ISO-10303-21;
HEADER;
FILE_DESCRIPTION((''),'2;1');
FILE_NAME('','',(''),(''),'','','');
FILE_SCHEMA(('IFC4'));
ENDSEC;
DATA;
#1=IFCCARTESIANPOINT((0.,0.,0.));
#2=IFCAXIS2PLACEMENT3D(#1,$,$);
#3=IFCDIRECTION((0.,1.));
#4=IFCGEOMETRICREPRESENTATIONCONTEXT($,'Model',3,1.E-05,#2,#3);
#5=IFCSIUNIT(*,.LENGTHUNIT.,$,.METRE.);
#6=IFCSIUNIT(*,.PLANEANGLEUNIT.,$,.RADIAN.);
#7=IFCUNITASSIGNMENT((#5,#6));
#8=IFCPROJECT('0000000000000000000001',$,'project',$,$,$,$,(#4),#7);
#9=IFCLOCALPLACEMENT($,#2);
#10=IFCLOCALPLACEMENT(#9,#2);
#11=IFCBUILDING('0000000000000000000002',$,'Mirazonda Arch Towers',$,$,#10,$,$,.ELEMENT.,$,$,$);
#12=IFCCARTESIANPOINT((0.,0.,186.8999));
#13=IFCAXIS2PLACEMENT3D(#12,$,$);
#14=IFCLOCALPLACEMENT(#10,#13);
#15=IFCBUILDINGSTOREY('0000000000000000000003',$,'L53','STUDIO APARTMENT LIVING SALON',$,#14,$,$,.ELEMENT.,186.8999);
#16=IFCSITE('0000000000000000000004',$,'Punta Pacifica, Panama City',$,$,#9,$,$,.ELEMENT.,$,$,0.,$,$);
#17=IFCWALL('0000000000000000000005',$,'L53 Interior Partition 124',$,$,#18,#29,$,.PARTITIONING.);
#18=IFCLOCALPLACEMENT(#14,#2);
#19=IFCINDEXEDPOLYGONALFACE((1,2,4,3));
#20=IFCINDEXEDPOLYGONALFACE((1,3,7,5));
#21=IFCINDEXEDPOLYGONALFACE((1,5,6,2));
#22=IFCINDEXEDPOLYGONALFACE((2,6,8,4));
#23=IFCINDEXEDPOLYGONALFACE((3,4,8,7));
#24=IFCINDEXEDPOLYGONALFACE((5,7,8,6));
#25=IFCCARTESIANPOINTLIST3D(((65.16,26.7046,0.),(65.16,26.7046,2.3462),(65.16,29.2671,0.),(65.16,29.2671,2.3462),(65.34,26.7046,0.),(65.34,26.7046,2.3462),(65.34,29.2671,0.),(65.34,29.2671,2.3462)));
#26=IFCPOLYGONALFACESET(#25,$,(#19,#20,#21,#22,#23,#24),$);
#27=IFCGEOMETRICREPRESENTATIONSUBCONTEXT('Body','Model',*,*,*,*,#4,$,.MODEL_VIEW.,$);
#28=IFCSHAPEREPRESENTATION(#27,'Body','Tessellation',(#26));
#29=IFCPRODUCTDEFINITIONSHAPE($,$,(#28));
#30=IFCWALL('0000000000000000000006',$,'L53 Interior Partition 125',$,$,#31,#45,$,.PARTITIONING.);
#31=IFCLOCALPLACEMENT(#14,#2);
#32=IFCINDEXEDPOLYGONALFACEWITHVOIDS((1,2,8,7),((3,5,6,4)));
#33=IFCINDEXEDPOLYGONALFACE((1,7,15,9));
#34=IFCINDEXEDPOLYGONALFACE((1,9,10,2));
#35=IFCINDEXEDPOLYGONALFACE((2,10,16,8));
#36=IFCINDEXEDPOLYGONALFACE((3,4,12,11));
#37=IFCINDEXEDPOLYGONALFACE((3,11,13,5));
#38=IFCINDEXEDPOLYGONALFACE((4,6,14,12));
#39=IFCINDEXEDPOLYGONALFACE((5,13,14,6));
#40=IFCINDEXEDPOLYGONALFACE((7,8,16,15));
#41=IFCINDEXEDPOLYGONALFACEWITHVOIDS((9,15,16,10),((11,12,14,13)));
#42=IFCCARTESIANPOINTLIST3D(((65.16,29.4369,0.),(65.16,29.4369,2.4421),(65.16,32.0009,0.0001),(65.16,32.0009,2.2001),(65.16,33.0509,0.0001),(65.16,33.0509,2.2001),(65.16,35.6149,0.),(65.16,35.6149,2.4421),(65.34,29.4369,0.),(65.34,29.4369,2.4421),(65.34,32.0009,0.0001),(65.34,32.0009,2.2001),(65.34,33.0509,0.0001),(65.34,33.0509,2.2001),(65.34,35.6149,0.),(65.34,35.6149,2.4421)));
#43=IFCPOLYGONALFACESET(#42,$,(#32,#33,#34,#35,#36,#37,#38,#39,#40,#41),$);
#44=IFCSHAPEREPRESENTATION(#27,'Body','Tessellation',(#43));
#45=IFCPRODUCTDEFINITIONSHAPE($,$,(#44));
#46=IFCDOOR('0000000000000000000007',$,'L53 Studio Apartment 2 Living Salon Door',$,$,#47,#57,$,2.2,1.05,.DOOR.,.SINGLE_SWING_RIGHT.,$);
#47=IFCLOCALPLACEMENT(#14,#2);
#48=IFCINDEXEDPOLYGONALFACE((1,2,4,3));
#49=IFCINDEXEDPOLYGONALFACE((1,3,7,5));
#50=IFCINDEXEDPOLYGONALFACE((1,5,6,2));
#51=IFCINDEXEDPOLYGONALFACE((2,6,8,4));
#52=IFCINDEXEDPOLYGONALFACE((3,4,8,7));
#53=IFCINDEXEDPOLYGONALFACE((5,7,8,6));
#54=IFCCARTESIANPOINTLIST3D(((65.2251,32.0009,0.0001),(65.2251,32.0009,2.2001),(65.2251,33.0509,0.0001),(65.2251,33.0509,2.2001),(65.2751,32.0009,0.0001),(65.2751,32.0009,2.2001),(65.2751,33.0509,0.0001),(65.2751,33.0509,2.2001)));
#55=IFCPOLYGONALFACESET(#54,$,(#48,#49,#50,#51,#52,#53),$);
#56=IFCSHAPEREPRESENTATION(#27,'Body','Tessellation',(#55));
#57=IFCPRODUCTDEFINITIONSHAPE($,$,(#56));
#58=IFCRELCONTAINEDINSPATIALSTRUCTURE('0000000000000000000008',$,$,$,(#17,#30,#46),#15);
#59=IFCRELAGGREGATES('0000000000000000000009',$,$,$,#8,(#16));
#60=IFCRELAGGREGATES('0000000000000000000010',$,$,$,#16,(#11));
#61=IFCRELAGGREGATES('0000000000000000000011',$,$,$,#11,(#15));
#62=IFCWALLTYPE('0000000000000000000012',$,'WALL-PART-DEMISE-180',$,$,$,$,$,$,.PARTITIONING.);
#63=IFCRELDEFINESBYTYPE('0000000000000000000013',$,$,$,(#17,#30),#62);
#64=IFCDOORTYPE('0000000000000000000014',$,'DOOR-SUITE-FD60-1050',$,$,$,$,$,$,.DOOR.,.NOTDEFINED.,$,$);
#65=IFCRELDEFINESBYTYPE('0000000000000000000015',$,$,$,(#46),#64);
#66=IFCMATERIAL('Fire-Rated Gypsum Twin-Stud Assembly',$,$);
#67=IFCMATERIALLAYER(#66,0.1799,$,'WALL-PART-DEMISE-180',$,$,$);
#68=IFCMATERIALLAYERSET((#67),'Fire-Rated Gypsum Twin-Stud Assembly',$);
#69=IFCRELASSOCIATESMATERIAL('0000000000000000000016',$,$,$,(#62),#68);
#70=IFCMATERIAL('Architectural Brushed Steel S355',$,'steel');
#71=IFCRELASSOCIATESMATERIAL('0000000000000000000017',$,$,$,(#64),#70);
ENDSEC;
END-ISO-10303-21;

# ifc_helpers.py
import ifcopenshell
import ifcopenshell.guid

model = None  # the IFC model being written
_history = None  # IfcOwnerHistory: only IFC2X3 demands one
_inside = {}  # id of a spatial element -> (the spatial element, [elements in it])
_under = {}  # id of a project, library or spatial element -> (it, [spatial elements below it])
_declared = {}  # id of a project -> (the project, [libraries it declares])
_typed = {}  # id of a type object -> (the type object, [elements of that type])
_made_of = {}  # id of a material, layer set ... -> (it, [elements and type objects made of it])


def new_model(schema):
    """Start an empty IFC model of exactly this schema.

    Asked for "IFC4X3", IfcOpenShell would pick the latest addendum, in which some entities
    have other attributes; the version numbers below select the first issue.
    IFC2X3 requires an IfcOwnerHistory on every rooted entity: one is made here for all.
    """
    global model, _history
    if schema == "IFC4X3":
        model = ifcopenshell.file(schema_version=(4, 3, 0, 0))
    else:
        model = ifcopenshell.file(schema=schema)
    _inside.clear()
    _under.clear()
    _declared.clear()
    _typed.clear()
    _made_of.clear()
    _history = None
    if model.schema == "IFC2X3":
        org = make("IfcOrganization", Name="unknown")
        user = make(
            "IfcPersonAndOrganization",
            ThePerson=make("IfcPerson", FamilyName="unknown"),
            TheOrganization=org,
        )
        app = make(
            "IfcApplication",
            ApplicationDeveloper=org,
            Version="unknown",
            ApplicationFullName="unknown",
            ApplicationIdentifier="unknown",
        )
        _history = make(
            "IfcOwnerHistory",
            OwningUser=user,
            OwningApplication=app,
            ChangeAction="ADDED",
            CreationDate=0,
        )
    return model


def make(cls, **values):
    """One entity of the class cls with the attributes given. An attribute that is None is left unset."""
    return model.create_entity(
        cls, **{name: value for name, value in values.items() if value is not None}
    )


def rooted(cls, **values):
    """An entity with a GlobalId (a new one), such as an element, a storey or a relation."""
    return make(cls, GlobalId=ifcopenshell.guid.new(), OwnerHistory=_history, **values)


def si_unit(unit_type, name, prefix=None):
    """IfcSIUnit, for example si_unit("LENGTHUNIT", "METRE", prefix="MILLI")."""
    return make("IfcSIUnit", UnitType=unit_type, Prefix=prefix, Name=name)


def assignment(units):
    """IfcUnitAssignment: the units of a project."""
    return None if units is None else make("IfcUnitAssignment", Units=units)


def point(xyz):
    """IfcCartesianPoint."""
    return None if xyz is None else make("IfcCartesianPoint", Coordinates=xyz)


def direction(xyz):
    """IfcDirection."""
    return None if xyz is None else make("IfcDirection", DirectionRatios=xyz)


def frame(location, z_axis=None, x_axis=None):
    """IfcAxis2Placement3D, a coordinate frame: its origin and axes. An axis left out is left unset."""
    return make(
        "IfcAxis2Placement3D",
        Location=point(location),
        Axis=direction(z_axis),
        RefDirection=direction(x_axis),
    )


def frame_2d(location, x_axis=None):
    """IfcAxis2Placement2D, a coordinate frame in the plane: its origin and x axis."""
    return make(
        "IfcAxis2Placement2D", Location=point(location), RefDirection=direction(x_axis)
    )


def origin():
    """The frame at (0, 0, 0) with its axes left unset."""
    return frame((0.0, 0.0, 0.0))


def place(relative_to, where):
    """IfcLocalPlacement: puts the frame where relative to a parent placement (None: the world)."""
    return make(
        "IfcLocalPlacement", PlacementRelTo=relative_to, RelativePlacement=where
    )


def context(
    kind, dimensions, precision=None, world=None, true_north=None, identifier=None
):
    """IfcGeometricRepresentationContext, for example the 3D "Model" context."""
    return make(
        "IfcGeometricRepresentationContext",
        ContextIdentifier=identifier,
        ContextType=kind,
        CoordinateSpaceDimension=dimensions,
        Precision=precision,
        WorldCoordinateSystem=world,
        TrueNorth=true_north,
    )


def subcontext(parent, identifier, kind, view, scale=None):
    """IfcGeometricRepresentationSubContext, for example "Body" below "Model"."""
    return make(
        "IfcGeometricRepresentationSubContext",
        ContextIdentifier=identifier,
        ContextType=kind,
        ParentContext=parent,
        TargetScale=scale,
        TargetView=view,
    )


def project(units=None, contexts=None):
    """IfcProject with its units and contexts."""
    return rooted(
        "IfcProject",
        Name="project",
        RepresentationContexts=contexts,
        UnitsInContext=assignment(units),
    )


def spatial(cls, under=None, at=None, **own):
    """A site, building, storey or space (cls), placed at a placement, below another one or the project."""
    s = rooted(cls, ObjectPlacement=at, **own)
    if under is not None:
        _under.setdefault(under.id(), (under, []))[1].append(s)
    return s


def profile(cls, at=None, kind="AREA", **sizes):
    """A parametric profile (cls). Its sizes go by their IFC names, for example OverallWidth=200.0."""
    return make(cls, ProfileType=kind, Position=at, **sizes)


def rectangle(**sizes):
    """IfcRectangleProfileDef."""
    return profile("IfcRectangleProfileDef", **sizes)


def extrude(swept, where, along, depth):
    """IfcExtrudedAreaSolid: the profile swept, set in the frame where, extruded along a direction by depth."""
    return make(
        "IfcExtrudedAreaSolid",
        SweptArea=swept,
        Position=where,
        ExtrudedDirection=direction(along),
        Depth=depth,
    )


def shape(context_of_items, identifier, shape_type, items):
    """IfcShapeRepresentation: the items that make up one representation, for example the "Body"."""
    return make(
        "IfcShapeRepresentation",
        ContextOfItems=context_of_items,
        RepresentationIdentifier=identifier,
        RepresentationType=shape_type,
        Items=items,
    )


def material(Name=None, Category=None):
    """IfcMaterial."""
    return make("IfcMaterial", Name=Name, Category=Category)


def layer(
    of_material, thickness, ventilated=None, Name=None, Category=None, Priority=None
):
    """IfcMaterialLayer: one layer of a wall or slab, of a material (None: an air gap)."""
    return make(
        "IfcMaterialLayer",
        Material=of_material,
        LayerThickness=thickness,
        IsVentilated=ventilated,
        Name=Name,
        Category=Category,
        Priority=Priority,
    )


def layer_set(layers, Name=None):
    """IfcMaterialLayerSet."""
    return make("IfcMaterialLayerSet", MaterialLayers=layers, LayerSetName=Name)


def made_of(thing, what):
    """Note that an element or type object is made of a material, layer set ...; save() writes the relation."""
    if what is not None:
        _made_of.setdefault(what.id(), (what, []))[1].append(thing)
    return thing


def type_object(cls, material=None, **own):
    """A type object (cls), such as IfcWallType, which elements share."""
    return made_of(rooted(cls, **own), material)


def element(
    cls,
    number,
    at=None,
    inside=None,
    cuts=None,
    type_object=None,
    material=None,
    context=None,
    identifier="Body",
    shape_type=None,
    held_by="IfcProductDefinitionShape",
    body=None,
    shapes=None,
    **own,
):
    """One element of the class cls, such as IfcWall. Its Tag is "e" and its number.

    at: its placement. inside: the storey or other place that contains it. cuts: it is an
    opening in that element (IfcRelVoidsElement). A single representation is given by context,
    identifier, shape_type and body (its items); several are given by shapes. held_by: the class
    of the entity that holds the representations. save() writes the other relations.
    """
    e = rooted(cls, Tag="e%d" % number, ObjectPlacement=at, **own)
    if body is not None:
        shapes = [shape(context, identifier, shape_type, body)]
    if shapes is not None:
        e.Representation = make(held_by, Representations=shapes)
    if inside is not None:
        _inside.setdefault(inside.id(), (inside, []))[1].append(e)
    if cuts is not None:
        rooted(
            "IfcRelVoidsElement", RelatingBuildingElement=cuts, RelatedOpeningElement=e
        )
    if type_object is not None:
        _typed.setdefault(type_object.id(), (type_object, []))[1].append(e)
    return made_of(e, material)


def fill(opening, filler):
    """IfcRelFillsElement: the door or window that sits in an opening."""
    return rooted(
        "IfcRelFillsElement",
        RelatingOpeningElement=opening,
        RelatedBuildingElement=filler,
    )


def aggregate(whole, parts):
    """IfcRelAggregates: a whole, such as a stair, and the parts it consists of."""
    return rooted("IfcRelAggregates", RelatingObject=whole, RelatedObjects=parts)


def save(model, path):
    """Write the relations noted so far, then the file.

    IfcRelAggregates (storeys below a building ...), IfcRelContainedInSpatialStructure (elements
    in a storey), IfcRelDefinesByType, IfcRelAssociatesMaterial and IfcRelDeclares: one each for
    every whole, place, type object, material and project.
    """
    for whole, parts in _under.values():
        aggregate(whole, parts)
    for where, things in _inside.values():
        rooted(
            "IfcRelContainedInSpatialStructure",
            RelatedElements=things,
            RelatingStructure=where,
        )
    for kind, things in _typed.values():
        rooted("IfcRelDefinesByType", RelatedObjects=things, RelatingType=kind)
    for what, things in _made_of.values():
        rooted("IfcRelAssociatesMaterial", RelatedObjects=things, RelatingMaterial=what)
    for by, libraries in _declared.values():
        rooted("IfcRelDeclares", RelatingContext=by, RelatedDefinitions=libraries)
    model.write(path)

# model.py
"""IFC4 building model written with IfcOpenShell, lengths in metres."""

from ifc_helpers import new_model, si_unit, direction, frame, frame_2d, origin, place, context, subcontext, project, spatial, rectangle, extrude, material, layer, layer_set, type_object, element, fill, save


model = new_model("IFC4")

# Units and contexts
model_context = context("Model", 3, precision=1e-05, world=origin(), true_north=direction((0.0, 1.0)))
body_context = subcontext(model_context, "Body", "Model", "MODEL_VIEW")
ifc_project = project(units=[si_unit("LENGTHUNIT", "METRE"), si_unit("PLANEANGLEUNIT", "RADIAN")], contexts=[model_context])

# Site, building, storey
site_placement = place(None, origin())
site = spatial("IfcSite", under=ifc_project, at=site_placement, Name="Punta Pacifica, Panama City", CompositionType="ELEMENT", RefElevation=0.0)
building_placement = place(site_placement, origin())
building = spatial("IfcBuilding", under=site, at=building_placement, Name="Mirazonda Arch Towers", CompositionType="ELEMENT")
storey_placement = place(building_placement, frame((0.0, 0.0, 186.8999)))
storey = spatial("IfcBuildingStorey", under=building, at=storey_placement, Name="L53", Description="STUDIO APARTMENT LIVING SALON", CompositionType="ELEMENT", Elevation=186.8999)

# Shared definitions
ifc_material_1 = material(Name="Architectural Brushed Steel S355", Category="steel")

# Wall
ifc_material_2 = material(Name="Fire-Rated Gypsum Twin-Stud Assembly")
ifc_layer_1 = layer(ifc_material_2, 0.1799, Name="WALL-PART-DEMISE-180")
ifc_layer_set_1 = layer_set([ifc_layer_1], Name="Fire-Rated Gypsum Twin-Stud Assembly")
wall_type_1 = type_object("IfcWallType", Name="WALL-PART-DEMISE-180", PredefinedType="PARTITIONING", material=ifc_layer_set_1)
wall_1_placement = place(storey_placement, frame((65.25, 26.7046, 0.0), z_axis=(0.0, 0.0, 1.0), x_axis=(0.0, 1.0, 0.0)))
element("IfcWall", 1, at=wall_1_placement, inside=storey, type_object=wall_type_1, Name="L53 Interior Partition 124", PredefinedType="PARTITIONING", context=body_context, shape_type="SweptSolid", body=[
    extrude(rectangle(XDim=2.5625, YDim=0.1799, at=frame_2d((1.2812, 0.0))), origin(), (0.0, 0.0, 1.0), 2.3462),
])

# Wall, opening, door
wall_2_placement = place(storey_placement, frame((65.25, 29.437, 0.0), z_axis=(0.0, 0.0, 1.0), x_axis=(0.0, 1.0, 0.0)))
wall_2 = element("IfcWall", 2, at=wall_2_placement, inside=storey, type_object=wall_type_1, Name="L53 Interior Partition 125", PredefinedType="PARTITIONING", context=body_context, shape_type="SweptSolid", body=[
    extrude(rectangle(XDim=6.178, YDim=0.1799, at=frame_2d((3.0889, 0.0))), origin(), (0.0, 0.0, 1.0), 2.4421),
])
opening_1_placement = place(wall_2_placement, frame((2.564, 0.0, 0.0)))
opening_1 = element("IfcOpeningElement", 3, at=opening_1_placement, cuts=wall_2, PredefinedType="OPENING", context=body_context, shape_type="SweptSolid", body=[
    extrude(rectangle(XDim=1.05, YDim=2.2, at=frame_2d((0.5249, 1.1001))), frame((0.0, 0.0999, 0.0), z_axis=(0.0, -1.0, 0.0), x_axis=(1.0, 0.0, 0.0)), (0.0, 0.0, 1.0), 0.2),
])
door_type_1 = type_object("IfcDoorType", Name="DOOR-SUITE-FD60-1050", OperationType="NOTDEFINED", PredefinedType="DOOR", material=ifc_material_1)
door_1_placement = place(opening_1_placement, origin())
door_1 = element("IfcDoor", 4, at=door_1_placement, inside=storey, type_object=door_type_1, Name="L53 Studio Apartment 2 Living Salon Door", OperationType="SINGLE_SWING_RIGHT", OverallHeight=2.2, OverallWidth=1.05, PredefinedType="DOOR", context=body_context, shape_type="SweptSolid", body=[
    extrude(rectangle(XDim=1.05, YDim=2.2, at=frame_2d((0.5249, 1.1001))), frame((0.0, 0.0249, 0.0), z_axis=(0.0, -1.0, 0.0), x_axis=(1.0, 0.0, 0.0)), (0.0, 0.0, 1.0), 0.05),
])
fill(opening_1, door_1)

save(model, "model.ifc")
